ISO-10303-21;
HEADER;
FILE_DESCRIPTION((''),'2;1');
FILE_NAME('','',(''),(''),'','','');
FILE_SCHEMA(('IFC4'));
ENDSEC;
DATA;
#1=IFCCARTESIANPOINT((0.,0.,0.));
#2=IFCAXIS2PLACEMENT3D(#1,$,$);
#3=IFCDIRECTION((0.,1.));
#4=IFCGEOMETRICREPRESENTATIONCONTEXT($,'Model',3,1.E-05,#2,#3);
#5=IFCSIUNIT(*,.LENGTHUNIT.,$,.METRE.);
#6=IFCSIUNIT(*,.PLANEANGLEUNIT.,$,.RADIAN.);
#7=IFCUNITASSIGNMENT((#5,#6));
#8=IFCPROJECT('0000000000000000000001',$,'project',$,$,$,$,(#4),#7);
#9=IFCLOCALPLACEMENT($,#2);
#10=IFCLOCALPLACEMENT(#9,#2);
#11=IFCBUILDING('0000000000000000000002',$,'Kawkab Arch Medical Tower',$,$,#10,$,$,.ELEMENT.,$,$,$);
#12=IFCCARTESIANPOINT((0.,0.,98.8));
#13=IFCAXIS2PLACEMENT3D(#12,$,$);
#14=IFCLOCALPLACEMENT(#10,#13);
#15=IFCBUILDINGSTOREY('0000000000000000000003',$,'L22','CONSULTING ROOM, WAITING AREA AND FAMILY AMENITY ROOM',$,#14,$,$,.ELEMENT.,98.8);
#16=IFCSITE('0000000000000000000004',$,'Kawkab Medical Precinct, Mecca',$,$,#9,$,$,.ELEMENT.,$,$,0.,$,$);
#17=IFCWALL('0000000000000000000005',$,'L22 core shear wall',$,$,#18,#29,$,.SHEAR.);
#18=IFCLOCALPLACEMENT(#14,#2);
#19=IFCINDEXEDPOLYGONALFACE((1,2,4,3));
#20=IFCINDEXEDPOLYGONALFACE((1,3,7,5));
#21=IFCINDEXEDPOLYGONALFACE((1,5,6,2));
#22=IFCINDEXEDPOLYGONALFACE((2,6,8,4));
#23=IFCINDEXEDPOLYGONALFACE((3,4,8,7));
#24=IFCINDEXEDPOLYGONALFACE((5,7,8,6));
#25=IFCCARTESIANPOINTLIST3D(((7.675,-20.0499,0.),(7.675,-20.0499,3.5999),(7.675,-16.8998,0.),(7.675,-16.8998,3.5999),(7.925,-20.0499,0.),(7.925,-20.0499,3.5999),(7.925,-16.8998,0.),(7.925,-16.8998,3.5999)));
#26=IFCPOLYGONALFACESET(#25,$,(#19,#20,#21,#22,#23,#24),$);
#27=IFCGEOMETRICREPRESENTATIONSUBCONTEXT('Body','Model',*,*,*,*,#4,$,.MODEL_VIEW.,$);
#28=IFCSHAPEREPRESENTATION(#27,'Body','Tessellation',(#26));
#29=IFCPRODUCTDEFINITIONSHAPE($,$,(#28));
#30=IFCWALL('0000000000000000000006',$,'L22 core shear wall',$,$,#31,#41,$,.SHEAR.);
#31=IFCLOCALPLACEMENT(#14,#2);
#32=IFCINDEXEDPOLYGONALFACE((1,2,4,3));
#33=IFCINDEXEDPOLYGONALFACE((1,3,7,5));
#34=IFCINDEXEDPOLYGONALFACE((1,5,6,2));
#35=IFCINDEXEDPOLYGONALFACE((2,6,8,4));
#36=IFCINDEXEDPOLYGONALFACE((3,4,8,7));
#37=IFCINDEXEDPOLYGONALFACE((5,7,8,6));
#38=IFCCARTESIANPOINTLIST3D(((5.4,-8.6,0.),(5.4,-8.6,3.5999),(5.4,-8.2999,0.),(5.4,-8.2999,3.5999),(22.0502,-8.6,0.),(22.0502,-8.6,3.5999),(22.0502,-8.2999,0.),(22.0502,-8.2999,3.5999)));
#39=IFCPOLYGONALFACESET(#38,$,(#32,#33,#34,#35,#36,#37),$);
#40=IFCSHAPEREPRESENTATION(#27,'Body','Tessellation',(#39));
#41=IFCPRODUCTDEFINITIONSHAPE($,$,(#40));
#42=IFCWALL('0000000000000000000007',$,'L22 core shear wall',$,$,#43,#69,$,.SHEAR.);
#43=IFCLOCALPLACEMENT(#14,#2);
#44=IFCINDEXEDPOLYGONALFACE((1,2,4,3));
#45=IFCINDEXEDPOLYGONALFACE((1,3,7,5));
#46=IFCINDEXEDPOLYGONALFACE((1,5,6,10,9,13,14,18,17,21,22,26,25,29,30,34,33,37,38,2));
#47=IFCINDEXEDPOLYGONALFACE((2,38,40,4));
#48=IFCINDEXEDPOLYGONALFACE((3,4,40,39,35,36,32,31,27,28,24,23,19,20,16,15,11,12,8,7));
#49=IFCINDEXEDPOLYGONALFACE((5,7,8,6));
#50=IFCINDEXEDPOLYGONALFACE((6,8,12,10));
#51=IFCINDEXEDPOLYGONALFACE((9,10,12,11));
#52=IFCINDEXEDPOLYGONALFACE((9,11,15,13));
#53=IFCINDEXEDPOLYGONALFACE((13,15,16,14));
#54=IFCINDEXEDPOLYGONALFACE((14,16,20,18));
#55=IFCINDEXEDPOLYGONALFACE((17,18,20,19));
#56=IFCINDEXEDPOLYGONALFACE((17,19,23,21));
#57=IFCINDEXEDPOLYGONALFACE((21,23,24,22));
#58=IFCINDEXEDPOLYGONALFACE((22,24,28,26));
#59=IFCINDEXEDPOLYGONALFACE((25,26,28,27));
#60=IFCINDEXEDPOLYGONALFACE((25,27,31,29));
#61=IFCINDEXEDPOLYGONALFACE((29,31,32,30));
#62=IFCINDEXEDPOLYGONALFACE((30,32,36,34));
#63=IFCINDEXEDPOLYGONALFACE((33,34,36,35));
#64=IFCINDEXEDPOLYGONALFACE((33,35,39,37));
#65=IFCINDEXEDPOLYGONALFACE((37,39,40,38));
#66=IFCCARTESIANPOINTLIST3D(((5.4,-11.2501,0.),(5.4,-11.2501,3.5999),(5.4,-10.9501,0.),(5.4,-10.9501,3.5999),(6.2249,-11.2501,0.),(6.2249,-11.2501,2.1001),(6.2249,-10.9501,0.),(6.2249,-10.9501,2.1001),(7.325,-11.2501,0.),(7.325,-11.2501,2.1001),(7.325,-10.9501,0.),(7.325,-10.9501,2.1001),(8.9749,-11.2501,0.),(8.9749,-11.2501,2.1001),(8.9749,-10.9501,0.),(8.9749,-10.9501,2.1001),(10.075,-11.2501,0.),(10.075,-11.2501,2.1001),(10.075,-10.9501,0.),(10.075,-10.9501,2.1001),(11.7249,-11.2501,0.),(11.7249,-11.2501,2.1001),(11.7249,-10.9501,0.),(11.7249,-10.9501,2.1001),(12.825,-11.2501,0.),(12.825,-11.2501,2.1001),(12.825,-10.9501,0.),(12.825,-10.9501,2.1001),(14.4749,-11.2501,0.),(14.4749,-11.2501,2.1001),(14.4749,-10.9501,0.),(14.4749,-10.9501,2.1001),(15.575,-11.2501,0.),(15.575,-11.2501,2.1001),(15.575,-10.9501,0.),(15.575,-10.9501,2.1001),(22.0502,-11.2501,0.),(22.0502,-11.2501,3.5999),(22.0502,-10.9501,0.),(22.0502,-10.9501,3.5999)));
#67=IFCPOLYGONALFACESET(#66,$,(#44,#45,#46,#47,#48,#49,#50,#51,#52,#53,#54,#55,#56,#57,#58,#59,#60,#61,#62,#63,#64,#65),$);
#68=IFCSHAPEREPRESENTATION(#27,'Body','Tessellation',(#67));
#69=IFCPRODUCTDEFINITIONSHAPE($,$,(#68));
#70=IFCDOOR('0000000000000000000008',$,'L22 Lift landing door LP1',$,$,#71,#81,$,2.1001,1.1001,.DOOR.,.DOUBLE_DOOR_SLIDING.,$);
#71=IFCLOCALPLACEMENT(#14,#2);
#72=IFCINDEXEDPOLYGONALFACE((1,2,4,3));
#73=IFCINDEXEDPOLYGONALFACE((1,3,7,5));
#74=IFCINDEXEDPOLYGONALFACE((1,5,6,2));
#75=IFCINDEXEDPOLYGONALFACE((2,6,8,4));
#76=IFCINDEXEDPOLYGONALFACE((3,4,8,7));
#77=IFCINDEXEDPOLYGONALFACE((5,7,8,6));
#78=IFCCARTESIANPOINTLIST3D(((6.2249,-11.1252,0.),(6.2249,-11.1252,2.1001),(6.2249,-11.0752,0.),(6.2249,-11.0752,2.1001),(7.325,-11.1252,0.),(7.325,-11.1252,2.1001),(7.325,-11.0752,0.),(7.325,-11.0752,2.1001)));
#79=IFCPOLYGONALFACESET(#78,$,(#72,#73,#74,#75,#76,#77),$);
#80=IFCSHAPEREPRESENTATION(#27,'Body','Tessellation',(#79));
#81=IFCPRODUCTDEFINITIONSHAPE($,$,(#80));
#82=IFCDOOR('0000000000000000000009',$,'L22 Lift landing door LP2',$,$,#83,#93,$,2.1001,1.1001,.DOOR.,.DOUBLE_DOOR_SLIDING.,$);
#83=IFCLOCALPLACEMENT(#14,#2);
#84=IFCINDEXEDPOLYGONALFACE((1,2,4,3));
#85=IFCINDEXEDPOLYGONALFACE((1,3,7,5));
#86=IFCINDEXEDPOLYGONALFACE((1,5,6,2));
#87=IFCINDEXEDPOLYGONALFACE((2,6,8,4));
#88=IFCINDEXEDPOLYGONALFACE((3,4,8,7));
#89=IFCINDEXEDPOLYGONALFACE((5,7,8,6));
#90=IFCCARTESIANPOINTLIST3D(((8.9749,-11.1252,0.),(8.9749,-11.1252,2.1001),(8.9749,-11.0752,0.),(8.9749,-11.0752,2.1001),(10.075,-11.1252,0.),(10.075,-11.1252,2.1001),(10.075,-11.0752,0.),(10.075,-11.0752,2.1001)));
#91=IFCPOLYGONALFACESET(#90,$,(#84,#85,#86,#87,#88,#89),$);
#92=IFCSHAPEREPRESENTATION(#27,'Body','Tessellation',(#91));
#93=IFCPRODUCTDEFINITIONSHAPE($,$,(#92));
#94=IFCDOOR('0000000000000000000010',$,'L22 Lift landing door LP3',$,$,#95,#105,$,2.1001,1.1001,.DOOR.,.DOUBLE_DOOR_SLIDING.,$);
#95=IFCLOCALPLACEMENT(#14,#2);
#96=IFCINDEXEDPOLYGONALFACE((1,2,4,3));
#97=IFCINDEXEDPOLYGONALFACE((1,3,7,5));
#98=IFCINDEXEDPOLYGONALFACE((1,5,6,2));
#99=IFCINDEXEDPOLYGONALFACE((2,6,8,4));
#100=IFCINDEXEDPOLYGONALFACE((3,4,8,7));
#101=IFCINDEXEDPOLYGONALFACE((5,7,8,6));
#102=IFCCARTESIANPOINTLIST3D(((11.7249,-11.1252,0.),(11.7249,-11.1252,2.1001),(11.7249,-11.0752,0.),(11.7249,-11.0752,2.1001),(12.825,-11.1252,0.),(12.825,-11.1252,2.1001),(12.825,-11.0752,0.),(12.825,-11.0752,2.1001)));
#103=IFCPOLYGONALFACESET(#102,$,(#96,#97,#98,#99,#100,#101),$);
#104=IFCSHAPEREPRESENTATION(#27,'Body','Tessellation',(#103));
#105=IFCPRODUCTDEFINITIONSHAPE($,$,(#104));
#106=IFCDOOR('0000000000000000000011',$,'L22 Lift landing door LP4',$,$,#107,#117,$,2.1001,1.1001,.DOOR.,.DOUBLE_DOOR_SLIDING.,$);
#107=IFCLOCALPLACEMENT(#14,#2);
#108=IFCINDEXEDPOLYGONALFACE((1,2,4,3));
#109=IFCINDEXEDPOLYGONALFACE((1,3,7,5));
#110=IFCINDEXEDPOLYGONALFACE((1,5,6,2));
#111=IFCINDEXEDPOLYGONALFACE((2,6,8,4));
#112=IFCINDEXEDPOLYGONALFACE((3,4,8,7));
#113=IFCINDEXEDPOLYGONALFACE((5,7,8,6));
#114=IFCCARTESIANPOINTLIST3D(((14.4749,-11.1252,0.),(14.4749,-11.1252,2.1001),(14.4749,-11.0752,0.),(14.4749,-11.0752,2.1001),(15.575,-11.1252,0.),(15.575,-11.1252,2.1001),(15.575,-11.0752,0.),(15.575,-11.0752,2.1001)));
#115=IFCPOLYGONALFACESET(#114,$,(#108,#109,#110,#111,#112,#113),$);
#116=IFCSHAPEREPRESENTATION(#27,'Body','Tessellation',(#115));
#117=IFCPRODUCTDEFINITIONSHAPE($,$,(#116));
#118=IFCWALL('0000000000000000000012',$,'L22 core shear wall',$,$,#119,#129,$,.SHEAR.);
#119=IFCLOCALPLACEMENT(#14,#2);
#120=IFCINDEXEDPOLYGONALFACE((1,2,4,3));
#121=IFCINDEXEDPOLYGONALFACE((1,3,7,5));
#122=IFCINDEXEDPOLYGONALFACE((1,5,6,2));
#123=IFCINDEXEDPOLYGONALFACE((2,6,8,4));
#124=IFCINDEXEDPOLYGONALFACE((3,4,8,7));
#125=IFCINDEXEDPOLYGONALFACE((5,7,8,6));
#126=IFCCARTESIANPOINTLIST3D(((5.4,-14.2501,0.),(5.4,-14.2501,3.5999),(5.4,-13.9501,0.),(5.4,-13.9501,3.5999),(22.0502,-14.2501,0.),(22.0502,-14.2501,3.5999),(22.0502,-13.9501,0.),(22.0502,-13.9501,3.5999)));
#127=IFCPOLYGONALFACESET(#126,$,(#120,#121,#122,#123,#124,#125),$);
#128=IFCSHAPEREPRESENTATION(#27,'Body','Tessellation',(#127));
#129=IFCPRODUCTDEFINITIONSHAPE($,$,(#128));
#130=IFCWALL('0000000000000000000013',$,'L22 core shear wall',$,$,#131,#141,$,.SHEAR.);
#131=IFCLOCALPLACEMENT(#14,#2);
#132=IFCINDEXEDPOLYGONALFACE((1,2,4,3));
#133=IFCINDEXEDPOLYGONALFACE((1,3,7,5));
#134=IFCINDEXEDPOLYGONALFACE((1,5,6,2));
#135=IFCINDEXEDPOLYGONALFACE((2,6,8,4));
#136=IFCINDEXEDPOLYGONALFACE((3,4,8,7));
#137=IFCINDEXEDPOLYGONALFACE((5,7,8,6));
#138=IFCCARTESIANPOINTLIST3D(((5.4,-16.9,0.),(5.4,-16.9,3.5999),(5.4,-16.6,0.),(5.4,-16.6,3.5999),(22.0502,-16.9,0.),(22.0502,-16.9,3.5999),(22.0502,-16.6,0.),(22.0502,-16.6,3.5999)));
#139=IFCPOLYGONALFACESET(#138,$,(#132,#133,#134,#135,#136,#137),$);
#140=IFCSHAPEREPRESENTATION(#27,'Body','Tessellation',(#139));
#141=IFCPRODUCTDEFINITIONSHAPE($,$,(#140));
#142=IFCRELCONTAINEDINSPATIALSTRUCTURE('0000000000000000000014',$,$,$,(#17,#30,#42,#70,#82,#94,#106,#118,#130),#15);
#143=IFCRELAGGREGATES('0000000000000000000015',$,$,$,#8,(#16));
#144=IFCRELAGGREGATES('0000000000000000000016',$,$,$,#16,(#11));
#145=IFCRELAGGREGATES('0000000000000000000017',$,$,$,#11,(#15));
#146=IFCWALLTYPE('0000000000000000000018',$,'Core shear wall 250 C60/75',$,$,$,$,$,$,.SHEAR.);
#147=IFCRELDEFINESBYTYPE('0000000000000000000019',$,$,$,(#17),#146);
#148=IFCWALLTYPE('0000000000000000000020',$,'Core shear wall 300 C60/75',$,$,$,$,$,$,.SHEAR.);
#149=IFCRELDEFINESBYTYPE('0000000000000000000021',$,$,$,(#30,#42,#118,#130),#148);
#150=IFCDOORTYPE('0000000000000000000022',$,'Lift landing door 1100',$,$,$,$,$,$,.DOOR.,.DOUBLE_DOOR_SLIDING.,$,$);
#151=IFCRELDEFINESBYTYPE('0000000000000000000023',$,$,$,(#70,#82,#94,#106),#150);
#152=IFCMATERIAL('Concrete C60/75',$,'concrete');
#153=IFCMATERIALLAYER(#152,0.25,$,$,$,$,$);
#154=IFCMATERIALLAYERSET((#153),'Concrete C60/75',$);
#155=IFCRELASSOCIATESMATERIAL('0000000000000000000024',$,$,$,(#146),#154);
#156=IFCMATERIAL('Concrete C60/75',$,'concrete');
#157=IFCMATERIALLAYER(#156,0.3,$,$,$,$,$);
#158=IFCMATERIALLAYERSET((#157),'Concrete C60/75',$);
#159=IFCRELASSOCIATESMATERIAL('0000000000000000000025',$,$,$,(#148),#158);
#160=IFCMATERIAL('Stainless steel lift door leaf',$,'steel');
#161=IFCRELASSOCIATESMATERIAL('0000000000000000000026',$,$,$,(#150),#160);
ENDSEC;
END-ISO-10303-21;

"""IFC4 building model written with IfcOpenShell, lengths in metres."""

from ifc_helpers import new_model, si_unit, direction, frame, frame_2d, origin, place, context, subcontext, project, spatial, rectangle, extrude, material, layer, layer_set, type_object, element, fill, save


model = new_model("IFC4")

# Units and contexts
model_context = context("Model", 3, precision=1e-05, world=origin(), true_north=direction((0.0, 1.0)))
body_context = subcontext(model_context, "Body", "Model", "MODEL_VIEW")
ifc_project = project(units=[si_unit("LENGTHUNIT", "METRE"), si_unit("PLANEANGLEUNIT", "RADIAN")], contexts=[model_context])

# Site, building, storey
site_placement = place(None, origin())
site = spatial("IfcSite", under=ifc_project, at=site_placement, Name="Kawkab Medical Precinct, Mecca", CompositionType="ELEMENT", RefElevation=0.0)
building_placement = place(site_placement, origin())
building = spatial("IfcBuilding", under=site, at=building_placement, Name="Kawkab Arch Medical Tower", CompositionType="ELEMENT")
storey_placement = place(building_placement, frame((0.0, 0.0, 98.8)))
storey = spatial("IfcBuildingStorey", under=building, at=storey_placement, Name="L22", Description="CONSULTING ROOM, WAITING AREA AND FAMILY AMENITY ROOM", CompositionType="ELEMENT", Elevation=98.8)

# Walls
ifc_material_1 = material(Name="Concrete C60/75", Category="concrete")
ifc_layer_1 = layer(ifc_material_1, 0.25)
ifc_layer_set_1 = layer_set([ifc_layer_1], Name="Concrete C60/75")
wall_type_1 = type_object("IfcWallType", Name="Core shear wall 250 C60/75", PredefinedType="SHEAR", material=ifc_layer_set_1)
wall_1_placement = place(storey_placement, frame((7.8, -20.05, 0.0), z_axis=(0.0, 0.0, 1.0), x_axis=(0.0, 1.0, 0.0)))
element("IfcWall", 1, at=wall_1_placement, inside=storey, type_object=wall_type_1, Name="L22 core shear wall", PredefinedType="SHEAR", context=body_context, shape_type="SweptSolid", body=[
    extrude(rectangle(XDim=3.1501, YDim=0.25, at=frame_2d((1.5752, 0.0))), origin(), (0.0, 0.0, 1.0), 3.5999),
])
ifc_material_2 = material(Name="Concrete C60/75", Category="concrete")
ifc_layer_2 = layer(ifc_material_2, 0.3)
ifc_layer_set_2 = layer_set([ifc_layer_2], Name="Concrete C60/75")
wall_type_2 = type_object("IfcWallType", Name="Core shear wall 300 C60/75", PredefinedType="SHEAR", material=ifc_layer_set_2)
wall_2_placement = place(storey_placement, frame((5.3999, -8.45, 0.0), z_axis=(0.0, 0.0, 1.0), x_axis=(1.0, 0.0, 0.0)))
element("IfcWall", 2, at=wall_2_placement, inside=storey, type_object=wall_type_2, Name="L22 core shear wall", PredefinedType="SHEAR", context=body_context, shape_type="SweptSolid", body=[
    extrude(rectangle(XDim=16.6501, YDim=0.3, at=frame_2d((8.3252, 0.0))), origin(), (0.0, 0.0, 1.0), 3.5999),
])

# Wall, openings, doors
wall_3_placement = place(storey_placement, frame((5.3999, -11.1001, 0.0), z_axis=(0.0, 0.0, 1.0), x_axis=(1.0, 0.0, 0.0)))
wall_3 = element("IfcWall", 3, at=wall_3_placement, inside=storey, type_object=wall_type_2, Name="L22 core shear wall", PredefinedType="SHEAR", context=body_context, shape_type="SweptSolid", body=[
    extrude(rectangle(XDim=16.6501, YDim=0.3, at=frame_2d((8.3252, 0.0))), origin(), (0.0, 0.0, 1.0), 3.5999),
])
opening_1_placement = place(wall_3_placement, frame((0.825, 0.0, 0.0)))
opening_1 = element("IfcOpeningElement", 4, at=opening_1_placement, cuts=wall_3, PredefinedType="OPENING", context=body_context, shape_type="SweptSolid", body=[
    extrude(rectangle(XDim=1.1001, YDim=2.1001, at=frame_2d((0.55, 1.05))), frame((0.0, 0.1599, 0.0), z_axis=(0.0, -1.0, 0.0), x_axis=(1.0, 0.0, 0.0)), (0.0, 0.0, 1.0), 0.3201),
])
opening_2_placement = place(wall_3_placement, frame((3.575, 0.0, 0.0)))
opening_2 = element("IfcOpeningElement", 5, at=opening_2_placement, cuts=wall_3, PredefinedType="OPENING", context=body_context, shape_type="SweptSolid", body=[
    extrude(rectangle(XDim=1.1001, YDim=2.1001, at=frame_2d((0.55, 1.05))), frame((0.0, 0.1599, 0.0), z_axis=(0.0, -1.0, 0.0), x_axis=(1.0, 0.0, 0.0)), (0.0, 0.0, 1.0), 0.3201),
])
opening_3_placement = place(wall_3_placement, frame((6.325, 0.0, 0.0)))
opening_3 = element("IfcOpeningElement", 6, at=opening_3_placement, cuts=wall_3, PredefinedType="OPENING", context=body_context, shape_type="SweptSolid", body=[
    extrude(rectangle(XDim=1.1001, YDim=2.1001, at=frame_2d((0.55, 1.05))), frame((0.0, 0.1599, 0.0), z_axis=(0.0, -1.0, 0.0), x_axis=(1.0, 0.0, 0.0)), (0.0, 0.0, 1.0), 0.3201),
])
opening_4_placement = place(wall_3_placement, frame((9.075, 0.0, 0.0)))
opening_4 = element("IfcOpeningElement", 7, at=opening_4_placement, cuts=wall_3, PredefinedType="OPENING", context=body_context, shape_type="SweptSolid", body=[
    extrude(rectangle(XDim=1.1001, YDim=2.1001, at=frame_2d((0.55, 1.05))), frame((0.0, 0.1599, 0.0), z_axis=(0.0, -1.0, 0.0), x_axis=(1.0, 0.0, 0.0)), (0.0, 0.0, 1.0), 0.3201),
])
ifc_material_3 = material(Name="Stainless steel lift door leaf", Category="steel")
door_type_1 = type_object("IfcDoorType", Name="Lift landing door 1100", OperationType="DOUBLE_DOOR_SLIDING", PredefinedType="DOOR", material=ifc_material_3)
door_1_placement = place(opening_1_placement, origin())
door_1 = element("IfcDoor", 8, at=door_1_placement, inside=storey, type_object=door_type_1, Name="L22 Lift landing door LP1", OperationType="DOUBLE_DOOR_SLIDING", OverallHeight=2.1001, OverallWidth=1.1001, PredefinedType="DOOR", context=body_context, shape_type="SweptSolid", body=[
    extrude(rectangle(XDim=1.1001, YDim=2.1001, at=frame_2d((0.55, 1.05))), frame((0.0, 0.0249, 0.0), z_axis=(0.0, -1.0, 0.0), x_axis=(1.0, 0.0, 0.0)), (0.0, 0.0, 1.0), 0.05),
])
fill(opening_1, door_1)
door_2_placement = place(opening_2_placement, origin())
door_2 = element("IfcDoor", 9, at=door_2_placement, inside=storey, type_object=door_type_1, Name="L22 Lift landing door LP2", OperationType="DOUBLE_DOOR_SLIDING", OverallHeight=2.1001, OverallWidth=1.1001, PredefinedType="DOOR", context=body_context, shape_type="SweptSolid", body=[
    extrude(rectangle(XDim=1.1001, YDim=2.1001, at=frame_2d((0.55, 1.05))), frame((0.0, 0.0249, 0.0), z_axis=(0.0, -1.0, 0.0), x_axis=(1.0, 0.0, 0.0)), (0.0, 0.0, 1.0), 0.05),
])
fill(opening_2, door_2)
door_3_placement = place(opening_3_placement, origin())
door_3 = element("IfcDoor", 10, at=door_3_placement, inside=storey, type_object=door_type_1, Name="L22 Lift landing door LP3", OperationType="DOUBLE_DOOR_SLIDING", OverallHeight=2.1001, OverallWidth=1.1001, PredefinedType="DOOR", context=body_context, shape_type="SweptSolid", body=[
    extrude(rectangle(XDim=1.1001, YDim=2.1001, at=frame_2d((0.55, 1.05))), frame((0.0, 0.0249, 0.0), z_axis=(0.0, -1.0, 0.0), x_axis=(1.0, 0.0, 0.0)), (0.0, 0.0, 1.0), 0.05),
])
fill(opening_3, door_3)
door_4_placement = place(opening_4_placement, origin())
door_4 = element("IfcDoor", 11, at=door_4_placement, inside=storey, type_object=door_type_1, Name="L22 Lift landing door LP4", OperationType="DOUBLE_DOOR_SLIDING", OverallHeight=2.1001, OverallWidth=1.1001, PredefinedType="DOOR", context=body_context, shape_type="SweptSolid", body=[
    extrude(rectangle(XDim=1.1001, YDim=2.1001, at=frame_2d((0.55, 1.05))), frame((0.0, 0.0249, 0.0), z_axis=(0.0, -1.0, 0.0), x_axis=(1.0, 0.0, 0.0)), (0.0, 0.0, 1.0), 0.05),
])
fill(opening_4, door_4)

# Walls
for number, where, z_axis, x_axis, name in (
    (12, (5.3999, -14.1001, 0.0), (0.0, 0.0, 1.0), (1.0, 0.0, 0.0), "L22 core shear wall"),
    (13, (5.3999, -16.75, 0.0), (0.0, 0.0, 1.0), (1.0, 0.0, 0.0), "L22 core shear wall"),
):
    element("IfcWall", number, at=place(storey_placement, frame(where, z_axis=z_axis, x_axis=x_axis)), inside=storey, type_object=wall_type_2, Name=name, PredefinedType="SHEAR", context=body_context, shape_type="SweptSolid", body=[
        extrude(rectangle(XDim=16.6501, YDim=0.3, at=frame_2d((8.3252, 0.0))), origin(), (0.0, 0.0, 1.0), 3.5999),
    ])

save(model, "model.ifc")
